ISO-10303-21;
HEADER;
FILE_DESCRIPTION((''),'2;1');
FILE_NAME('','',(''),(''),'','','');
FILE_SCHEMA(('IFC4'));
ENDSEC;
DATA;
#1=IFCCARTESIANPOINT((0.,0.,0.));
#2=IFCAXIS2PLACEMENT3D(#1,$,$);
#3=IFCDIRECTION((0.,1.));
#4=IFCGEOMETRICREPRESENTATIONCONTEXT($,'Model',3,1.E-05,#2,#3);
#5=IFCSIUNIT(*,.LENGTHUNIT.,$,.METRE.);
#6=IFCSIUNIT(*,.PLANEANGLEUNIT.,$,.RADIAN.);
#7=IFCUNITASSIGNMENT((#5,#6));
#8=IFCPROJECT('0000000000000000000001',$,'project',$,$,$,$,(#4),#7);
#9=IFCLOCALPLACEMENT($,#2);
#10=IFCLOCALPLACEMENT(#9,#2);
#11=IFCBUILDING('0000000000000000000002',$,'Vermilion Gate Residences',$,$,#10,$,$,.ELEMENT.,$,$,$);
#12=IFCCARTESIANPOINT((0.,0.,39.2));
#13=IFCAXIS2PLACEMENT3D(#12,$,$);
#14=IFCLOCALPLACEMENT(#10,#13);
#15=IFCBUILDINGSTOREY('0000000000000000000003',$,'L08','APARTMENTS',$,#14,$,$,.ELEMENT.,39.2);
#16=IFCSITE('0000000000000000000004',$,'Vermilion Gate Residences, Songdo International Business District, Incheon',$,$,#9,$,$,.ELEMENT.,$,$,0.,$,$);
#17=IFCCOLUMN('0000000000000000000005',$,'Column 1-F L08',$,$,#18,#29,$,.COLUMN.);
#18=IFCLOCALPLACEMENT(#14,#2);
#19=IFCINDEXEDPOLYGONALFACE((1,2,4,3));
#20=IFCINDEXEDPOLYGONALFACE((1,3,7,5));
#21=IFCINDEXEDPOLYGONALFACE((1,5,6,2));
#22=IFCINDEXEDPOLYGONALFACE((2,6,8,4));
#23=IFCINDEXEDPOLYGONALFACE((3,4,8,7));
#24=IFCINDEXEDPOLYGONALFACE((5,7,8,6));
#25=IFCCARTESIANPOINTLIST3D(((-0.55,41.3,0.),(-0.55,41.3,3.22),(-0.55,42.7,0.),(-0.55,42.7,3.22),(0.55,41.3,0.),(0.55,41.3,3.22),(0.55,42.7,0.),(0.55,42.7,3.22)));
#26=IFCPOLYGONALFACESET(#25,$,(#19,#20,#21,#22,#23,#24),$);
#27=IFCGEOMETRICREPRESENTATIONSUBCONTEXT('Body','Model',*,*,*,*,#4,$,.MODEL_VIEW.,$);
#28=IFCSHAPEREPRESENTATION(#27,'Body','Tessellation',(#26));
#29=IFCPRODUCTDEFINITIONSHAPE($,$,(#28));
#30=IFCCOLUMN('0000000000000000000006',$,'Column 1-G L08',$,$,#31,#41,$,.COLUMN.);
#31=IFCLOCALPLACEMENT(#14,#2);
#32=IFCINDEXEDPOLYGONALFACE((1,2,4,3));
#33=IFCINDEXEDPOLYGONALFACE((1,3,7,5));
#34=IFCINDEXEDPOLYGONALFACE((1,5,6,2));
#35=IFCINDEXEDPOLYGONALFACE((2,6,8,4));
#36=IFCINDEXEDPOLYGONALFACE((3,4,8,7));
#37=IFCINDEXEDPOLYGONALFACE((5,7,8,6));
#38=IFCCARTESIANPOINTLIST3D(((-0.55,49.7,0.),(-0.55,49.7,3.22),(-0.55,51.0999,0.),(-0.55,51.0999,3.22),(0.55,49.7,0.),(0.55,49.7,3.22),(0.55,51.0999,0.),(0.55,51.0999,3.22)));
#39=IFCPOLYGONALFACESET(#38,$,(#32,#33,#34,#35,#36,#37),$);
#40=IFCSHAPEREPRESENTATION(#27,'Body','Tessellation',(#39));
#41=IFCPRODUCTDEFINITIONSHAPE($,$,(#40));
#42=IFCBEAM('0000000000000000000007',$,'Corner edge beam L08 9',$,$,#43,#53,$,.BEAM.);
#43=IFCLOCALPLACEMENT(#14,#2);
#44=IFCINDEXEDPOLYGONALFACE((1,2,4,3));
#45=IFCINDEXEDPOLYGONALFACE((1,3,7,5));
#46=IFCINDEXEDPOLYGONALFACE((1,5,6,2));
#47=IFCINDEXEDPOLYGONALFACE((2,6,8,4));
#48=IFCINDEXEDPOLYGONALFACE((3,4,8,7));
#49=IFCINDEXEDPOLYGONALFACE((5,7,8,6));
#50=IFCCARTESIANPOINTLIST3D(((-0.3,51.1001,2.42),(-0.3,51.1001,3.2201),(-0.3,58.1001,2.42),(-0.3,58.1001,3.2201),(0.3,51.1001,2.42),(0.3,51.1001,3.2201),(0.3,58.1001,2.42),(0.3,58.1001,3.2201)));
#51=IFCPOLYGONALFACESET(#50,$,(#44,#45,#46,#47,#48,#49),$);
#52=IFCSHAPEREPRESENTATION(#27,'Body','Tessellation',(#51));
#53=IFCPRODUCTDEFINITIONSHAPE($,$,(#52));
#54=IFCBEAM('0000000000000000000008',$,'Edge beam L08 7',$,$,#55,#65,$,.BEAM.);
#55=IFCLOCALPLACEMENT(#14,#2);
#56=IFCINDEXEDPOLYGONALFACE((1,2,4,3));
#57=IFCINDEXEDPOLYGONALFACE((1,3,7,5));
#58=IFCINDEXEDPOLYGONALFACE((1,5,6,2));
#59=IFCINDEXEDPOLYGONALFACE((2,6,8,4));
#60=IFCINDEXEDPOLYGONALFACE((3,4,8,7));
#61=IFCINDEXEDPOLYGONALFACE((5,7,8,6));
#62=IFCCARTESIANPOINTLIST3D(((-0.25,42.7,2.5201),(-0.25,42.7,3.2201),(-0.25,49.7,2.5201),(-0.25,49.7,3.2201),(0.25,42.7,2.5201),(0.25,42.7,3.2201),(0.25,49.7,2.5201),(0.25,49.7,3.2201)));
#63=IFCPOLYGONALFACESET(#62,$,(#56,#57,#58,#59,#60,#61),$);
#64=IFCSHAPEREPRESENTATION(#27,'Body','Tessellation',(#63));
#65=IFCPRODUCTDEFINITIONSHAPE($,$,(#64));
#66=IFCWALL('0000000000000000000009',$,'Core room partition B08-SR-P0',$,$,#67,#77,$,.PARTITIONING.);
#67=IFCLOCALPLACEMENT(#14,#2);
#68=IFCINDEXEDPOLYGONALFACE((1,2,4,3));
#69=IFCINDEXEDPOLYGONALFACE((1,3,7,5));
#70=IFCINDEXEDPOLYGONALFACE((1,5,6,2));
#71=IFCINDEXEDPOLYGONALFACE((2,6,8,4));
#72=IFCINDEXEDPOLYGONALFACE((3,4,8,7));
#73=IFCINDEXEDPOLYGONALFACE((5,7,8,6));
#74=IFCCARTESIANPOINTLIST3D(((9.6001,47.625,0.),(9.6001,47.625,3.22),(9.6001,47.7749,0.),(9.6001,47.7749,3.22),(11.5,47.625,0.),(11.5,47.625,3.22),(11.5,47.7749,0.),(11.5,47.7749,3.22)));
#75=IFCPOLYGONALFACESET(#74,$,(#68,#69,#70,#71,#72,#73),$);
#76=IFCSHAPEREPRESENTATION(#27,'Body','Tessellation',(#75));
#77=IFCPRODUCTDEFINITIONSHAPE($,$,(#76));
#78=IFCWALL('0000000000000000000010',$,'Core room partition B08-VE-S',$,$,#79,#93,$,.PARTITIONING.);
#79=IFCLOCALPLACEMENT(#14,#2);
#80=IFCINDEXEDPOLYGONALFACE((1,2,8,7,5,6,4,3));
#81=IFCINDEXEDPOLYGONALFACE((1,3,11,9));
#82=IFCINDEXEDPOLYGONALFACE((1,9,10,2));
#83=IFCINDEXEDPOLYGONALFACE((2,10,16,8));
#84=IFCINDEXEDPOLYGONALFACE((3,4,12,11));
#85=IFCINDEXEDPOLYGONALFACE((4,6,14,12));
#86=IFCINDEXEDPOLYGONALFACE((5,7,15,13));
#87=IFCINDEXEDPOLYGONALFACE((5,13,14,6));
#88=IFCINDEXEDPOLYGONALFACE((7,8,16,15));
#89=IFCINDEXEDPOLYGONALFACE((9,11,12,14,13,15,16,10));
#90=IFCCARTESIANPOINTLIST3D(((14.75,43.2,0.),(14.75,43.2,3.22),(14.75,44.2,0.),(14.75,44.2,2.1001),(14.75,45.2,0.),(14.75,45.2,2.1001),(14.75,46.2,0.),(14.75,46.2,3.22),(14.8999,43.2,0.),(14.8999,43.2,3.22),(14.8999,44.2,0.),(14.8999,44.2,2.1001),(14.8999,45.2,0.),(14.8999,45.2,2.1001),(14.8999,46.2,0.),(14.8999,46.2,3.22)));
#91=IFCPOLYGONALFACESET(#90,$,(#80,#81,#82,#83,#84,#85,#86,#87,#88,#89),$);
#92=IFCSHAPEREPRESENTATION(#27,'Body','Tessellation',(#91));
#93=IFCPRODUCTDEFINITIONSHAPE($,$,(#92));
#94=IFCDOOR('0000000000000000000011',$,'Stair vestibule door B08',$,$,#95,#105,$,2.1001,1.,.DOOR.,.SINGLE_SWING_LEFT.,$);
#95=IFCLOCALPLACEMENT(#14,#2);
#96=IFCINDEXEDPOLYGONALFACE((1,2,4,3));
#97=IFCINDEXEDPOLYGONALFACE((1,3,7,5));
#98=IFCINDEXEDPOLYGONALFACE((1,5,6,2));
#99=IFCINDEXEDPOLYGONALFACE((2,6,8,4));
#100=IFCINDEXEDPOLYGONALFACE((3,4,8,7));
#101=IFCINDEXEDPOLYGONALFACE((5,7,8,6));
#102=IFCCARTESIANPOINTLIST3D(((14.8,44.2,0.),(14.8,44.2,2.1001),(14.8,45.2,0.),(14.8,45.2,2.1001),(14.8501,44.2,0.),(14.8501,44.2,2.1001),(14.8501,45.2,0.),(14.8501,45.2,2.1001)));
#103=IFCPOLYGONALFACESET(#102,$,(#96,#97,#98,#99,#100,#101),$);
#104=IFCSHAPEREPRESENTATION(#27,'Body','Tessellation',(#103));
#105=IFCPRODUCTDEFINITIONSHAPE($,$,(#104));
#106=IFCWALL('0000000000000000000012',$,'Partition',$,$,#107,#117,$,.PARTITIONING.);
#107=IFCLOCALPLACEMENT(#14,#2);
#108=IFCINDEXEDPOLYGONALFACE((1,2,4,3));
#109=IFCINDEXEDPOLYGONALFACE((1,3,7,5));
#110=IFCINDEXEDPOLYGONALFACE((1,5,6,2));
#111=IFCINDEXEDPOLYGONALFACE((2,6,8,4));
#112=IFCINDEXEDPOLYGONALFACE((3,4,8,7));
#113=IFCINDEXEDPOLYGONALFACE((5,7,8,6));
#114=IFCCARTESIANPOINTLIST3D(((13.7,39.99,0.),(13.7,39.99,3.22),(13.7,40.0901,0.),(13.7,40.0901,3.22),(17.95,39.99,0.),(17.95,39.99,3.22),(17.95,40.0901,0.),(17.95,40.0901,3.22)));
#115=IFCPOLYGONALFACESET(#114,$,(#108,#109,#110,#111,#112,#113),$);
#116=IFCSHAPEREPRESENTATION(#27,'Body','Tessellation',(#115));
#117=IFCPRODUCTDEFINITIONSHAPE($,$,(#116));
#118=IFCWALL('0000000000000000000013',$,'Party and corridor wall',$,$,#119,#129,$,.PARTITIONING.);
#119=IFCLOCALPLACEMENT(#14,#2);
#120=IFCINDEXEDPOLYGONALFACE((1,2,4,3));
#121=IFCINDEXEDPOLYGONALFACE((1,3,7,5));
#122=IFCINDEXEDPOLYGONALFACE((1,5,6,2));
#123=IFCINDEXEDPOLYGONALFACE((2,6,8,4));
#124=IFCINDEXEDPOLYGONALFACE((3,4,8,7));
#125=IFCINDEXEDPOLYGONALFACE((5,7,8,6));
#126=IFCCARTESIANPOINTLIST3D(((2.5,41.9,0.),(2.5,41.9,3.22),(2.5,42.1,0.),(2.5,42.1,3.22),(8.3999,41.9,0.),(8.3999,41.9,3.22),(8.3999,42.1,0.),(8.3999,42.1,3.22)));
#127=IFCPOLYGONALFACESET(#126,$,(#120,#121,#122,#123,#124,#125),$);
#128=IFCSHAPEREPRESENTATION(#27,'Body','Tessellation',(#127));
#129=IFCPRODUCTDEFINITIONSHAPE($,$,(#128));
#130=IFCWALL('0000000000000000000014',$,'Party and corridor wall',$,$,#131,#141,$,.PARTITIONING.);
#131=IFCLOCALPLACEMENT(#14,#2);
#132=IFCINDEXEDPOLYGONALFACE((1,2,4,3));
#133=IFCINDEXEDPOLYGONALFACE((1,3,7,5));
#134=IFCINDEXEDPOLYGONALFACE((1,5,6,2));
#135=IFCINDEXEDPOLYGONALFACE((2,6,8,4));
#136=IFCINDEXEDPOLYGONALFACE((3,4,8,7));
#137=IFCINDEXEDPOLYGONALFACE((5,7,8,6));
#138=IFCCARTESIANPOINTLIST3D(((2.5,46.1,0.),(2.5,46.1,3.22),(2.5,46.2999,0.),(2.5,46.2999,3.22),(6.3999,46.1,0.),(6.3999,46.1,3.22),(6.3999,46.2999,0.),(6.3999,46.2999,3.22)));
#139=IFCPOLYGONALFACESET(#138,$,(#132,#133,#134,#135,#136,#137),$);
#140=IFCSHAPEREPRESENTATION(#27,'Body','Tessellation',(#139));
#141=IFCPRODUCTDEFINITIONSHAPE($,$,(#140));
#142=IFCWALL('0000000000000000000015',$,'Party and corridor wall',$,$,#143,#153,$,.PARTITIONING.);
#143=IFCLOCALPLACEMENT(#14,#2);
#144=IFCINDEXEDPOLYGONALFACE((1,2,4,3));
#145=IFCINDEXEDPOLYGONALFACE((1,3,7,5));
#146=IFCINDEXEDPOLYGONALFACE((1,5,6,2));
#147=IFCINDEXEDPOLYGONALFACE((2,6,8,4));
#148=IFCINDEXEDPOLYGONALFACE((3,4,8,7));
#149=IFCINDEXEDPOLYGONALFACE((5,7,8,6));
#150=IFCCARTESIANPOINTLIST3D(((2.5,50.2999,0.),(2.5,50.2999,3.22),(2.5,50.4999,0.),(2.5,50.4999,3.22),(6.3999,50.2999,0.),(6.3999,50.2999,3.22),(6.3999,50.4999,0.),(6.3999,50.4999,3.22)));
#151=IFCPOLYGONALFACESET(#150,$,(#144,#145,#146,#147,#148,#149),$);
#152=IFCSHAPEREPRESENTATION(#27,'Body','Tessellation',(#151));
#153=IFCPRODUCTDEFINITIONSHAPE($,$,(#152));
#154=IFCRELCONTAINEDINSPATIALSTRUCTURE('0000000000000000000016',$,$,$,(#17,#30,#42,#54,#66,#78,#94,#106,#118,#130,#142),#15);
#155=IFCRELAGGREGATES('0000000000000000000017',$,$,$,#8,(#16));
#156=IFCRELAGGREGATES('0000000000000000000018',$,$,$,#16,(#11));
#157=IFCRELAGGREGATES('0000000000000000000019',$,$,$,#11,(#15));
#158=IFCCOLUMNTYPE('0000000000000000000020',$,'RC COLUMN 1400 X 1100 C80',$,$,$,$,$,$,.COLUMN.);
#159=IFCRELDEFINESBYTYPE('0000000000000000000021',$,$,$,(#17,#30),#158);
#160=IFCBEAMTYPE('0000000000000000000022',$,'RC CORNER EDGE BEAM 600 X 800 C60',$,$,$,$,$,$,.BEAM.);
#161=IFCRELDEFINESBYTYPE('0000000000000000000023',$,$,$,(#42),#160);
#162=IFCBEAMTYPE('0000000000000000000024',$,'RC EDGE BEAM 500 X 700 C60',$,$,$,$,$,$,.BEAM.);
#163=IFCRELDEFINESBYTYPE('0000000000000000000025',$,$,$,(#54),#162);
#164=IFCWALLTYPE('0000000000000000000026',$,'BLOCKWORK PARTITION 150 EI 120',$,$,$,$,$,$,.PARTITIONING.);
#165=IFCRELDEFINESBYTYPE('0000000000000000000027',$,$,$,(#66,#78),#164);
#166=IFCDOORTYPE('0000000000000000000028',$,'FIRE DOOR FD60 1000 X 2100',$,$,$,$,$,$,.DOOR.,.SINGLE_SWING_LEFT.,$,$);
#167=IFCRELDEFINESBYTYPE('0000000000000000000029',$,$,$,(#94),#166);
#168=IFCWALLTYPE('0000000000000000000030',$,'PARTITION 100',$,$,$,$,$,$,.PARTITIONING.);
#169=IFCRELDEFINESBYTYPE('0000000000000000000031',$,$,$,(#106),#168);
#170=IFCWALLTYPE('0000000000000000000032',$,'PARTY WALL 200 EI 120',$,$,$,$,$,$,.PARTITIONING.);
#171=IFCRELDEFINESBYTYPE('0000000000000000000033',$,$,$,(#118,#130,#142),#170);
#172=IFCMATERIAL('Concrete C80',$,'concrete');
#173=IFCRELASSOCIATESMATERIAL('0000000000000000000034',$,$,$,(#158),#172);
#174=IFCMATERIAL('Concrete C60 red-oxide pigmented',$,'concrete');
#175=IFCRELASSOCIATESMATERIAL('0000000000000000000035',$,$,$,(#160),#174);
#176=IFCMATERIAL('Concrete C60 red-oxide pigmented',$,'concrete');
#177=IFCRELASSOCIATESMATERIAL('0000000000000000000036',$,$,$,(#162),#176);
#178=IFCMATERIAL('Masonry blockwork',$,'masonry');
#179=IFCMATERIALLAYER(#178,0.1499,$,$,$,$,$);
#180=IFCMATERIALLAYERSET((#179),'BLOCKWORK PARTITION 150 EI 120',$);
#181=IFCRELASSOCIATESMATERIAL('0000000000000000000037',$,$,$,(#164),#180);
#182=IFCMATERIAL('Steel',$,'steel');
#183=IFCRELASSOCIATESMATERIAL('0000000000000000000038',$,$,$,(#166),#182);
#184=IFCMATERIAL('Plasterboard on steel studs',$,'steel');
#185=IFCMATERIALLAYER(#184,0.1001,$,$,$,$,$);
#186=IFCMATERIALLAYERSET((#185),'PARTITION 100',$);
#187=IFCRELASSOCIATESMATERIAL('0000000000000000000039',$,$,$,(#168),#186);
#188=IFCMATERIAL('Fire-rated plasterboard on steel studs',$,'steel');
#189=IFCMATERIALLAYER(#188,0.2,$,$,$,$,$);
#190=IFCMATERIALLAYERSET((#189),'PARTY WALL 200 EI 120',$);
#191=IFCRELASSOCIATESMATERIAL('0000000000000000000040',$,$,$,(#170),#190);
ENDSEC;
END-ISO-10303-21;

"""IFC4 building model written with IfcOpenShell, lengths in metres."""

from ifc_helpers import new_model, si_unit, direction, frame, frame_2d, origin, origin_2d, place, context, subcontext, project, spatial, rectangle, extrude, material, layer, layer_set, material_profile, profile_set, type_object, element, fill, save


model = new_model("IFC4")

# Units and contexts
model_context = context("Model", 3, precision=1e-05, world=origin(), true_north=direction((0.0, 1.0)))
body_context = subcontext(model_context, "Body", "Model", "MODEL_VIEW")
ifc_project = project(units=[si_unit("LENGTHUNIT", "METRE"), si_unit("PLANEANGLEUNIT", "RADIAN")], contexts=[model_context])

# Site, building, storey
site_placement = place(None, origin())
site = spatial("IfcSite", under=ifc_project, at=site_placement, Name="Vermilion Gate Residences, Songdo International Business District, Incheon", CompositionType="ELEMENT", RefElevation=0.0)
building_placement = place(site_placement, origin())
building = spatial("IfcBuilding", under=site, at=building_placement, Name="Vermilion Gate Residences", CompositionType="ELEMENT")
storey_placement = place(building_placement, frame((0.0, 0.0, 39.2)))
storey = spatial("IfcBuildingStorey", under=building, at=storey_placement, Name="L08", Description="APARTMENTS", CompositionType="ELEMENT", Elevation=39.2)

# Columns
ifc_material_1 = material(Name="Concrete C80", Category="concrete")
ifc_material_profile_1 = material_profile(ifc_material_1, rectangle(XDim=1.3999, YDim=1.1001, at=origin_2d()), Name="RC-1400x1100")
ifc_profile_set_1 = profile_set([ifc_material_profile_1], Name="Concrete C80")
column_type = type_object("IfcColumnType", Name="RC COLUMN 1400 X 1100 C80", PredefinedType="COLUMN", material=ifc_profile_set_1)
for number, where, z_axis, x_axis, name in (
    (1, (0.0, 42.0, 0.0), (0.0, 0.0, 1.0), (0.0, 1.0, 0.0), "Column 1-F L08"),
    (2, (0.0, 50.3999, 0.0), (0.0, 0.0, 1.0), (0.0, 1.0, 0.0), "Column 1-G L08"),
):
    element("IfcColumn", number, at=place(storey_placement, frame(where, z_axis=z_axis, x_axis=x_axis)), inside=storey, type_object=column_type, Name=name, PredefinedType="COLUMN", context=body_context, shape_type="SweptSolid", body=[
        extrude(rectangle(XDim=1.3999, YDim=1.1001, at=origin_2d()), origin(), (0.0, 0.0, 1.0), 3.22),
    ])

# Beams
ifc_material_2 = material(Name="Concrete C60 red-oxide pigmented", Category="concrete")
ifc_material_profile_2 = material_profile(ifc_material_2, rectangle(XDim=0.6001, YDim=0.8, at=origin_2d()), Name="RC-600x800")
ifc_profile_set_2 = profile_set([ifc_material_profile_2], Name="Concrete C60 red-oxide pigmented")
beam_type_1 = type_object("IfcBeamType", Name="RC CORNER EDGE BEAM 600 X 800 C60", PredefinedType="BEAM", material=ifc_profile_set_2)
beam_1_placement = place(storey_placement, frame((0.0, 51.1001, 2.8201), z_axis=(0.0, 1.0, 0.0), x_axis=(-1.0, 0.0, 0.0)))
element("IfcBeam", 3, at=beam_1_placement, inside=storey, type_object=beam_type_1, Name="Corner edge beam L08 9", PredefinedType="BEAM", context=body_context, shape_type="SweptSolid", body=[
    extrude(rectangle(XDim=0.6001, YDim=0.8, at=origin_2d()), origin(), (0.0, 0.0, 1.0), 7.0),
])
ifc_material_3 = material(Name="Concrete C60 red-oxide pigmented", Category="concrete")
ifc_material_profile_3 = material_profile(ifc_material_3, rectangle(XDim=0.5, YDim=0.7, at=origin_2d()), Name="RC-500x700")
ifc_profile_set_3 = profile_set([ifc_material_profile_3], Name="Concrete C60 red-oxide pigmented")
beam_type_2 = type_object("IfcBeamType", Name="RC EDGE BEAM 500 X 700 C60", PredefinedType="BEAM", material=ifc_profile_set_3)
beam_2_placement = place(storey_placement, frame((0.0, 42.7, 2.8701), z_axis=(0.0, 1.0, 0.0), x_axis=(-1.0, 0.0, 0.0)))
element("IfcBeam", 4, at=beam_2_placement, inside=storey, type_object=beam_type_2, Name="Edge beam L08 7", PredefinedType="BEAM", context=body_context, shape_type="SweptSolid", body=[
    extrude(rectangle(XDim=0.5, YDim=0.7, at=origin_2d()), origin(), (0.0, 0.0, 1.0), 7.0),
])

# Wall
ifc_material_4 = material(Name="Masonry blockwork", Category="masonry")
ifc_layer_1 = layer(ifc_material_4, 0.1499)
ifc_layer_set_1 = layer_set([ifc_layer_1], Name="BLOCKWORK PARTITION 150 EI 120")
wall_type_1 = type_object("IfcWallType", Name="BLOCKWORK PARTITION 150 EI 120", PredefinedType="PARTITIONING", material=ifc_layer_set_1)
wall_1_placement = place(storey_placement, frame((9.6001, 47.7, 0.0), z_axis=(0.0, 0.0, 1.0), x_axis=(1.0, 0.0, 0.0)))
element("IfcWall", 5, at=wall_1_placement, inside=storey, type_object=wall_type_1, Name="Core room partition B08-SR-P0", PredefinedType="PARTITIONING", context=body_context, shape_type="SweptSolid", body=[
    extrude(rectangle(XDim=1.8999, YDim=0.1499, at=frame_2d((0.95, 0.0))), origin(), (0.0, 0.0, 1.0), 3.22),
])

# Wall, opening, door
wall_2_placement = place(storey_placement, frame((14.825, 46.2, 0.0), z_axis=(0.0, 0.0, 1.0), x_axis=(0.0, -1.0, 0.0)))
wall_2 = element("IfcWall", 6, at=wall_2_placement, inside=storey, type_object=wall_type_1, Name="Core room partition B08-VE-S", PredefinedType="PARTITIONING", context=body_context, shape_type="SweptSolid", body=[
    extrude(rectangle(XDim=3.0, YDim=0.1499, at=frame_2d((1.5, 0.0))), origin(), (0.0, 0.0, 1.0), 3.22),
])
opening_1_placement = place(wall_2_placement, frame((1.0, 0.0, 0.0)))
opening_1 = element("IfcOpeningElement", 7, at=opening_1_placement, cuts=wall_2, PredefinedType="OPENING", context=body_context, shape_type="SweptSolid", body=[
    extrude(rectangle(XDim=1.0, YDim=2.1001, at=frame_2d((0.5, 1.05))), frame((0.0, 0.085, 0.0), z_axis=(0.0, -1.0, 0.0), x_axis=(1.0, 0.0, 0.0)), (0.0, 0.0, 1.0), 0.1699),
])
ifc_material_5 = material(Name="Steel", Category="steel")
door_type_1 = type_object("IfcDoorType", Name="FIRE DOOR FD60 1000 X 2100", OperationType="SINGLE_SWING_LEFT", PredefinedType="DOOR", material=ifc_material_5)
door_1_placement = place(opening_1_placement, frame((1.0, 0.0, 0.0), z_axis=(0.0, 0.0, 1.0), x_axis=(-1.0, 0.0, 0.0)))
door_1 = element("IfcDoor", 8, at=door_1_placement, inside=storey, type_object=door_type_1, Name="Stair vestibule door B08", OperationType="SINGLE_SWING_LEFT", OverallHeight=2.1001, OverallWidth=1.0, PredefinedType="DOOR", context=body_context, shape_type="SweptSolid", body=[
    extrude(rectangle(XDim=1.0, YDim=2.1001, at=frame_2d((0.5, 1.05))), frame((0.0, 0.0249, 0.0), z_axis=(0.0, -1.0, 0.0), x_axis=(1.0, 0.0, 0.0)), (0.0, 0.0, 1.0), 0.05),
])
fill(opening_1, door_1)

# Walls
ifc_material_6 = material(Name="Plasterboard on steel studs", Category="steel")
ifc_layer_2 = layer(ifc_material_6, 0.1001)
ifc_layer_set_2 = layer_set([ifc_layer_2], Name="PARTITION 100")
wall_type_2 = type_object("IfcWallType", Name="PARTITION 100", PredefinedType="PARTITIONING", material=ifc_layer_set_2)
wall_3_placement = place(storey_placement, frame((13.7, 40.04, 0.0), z_axis=(0.0, 0.0, 1.0), x_axis=(1.0, 0.0, 0.0)))
element("IfcWall", 9, at=wall_3_placement, inside=storey, type_object=wall_type_2, Name="Partition", PredefinedType="PARTITIONING", context=body_context, shape_type="SweptSolid", body=[
    extrude(rectangle(XDim=4.25, YDim=0.1001, at=frame_2d((2.125, 0.0))), origin(), (0.0, 0.0, 1.0), 3.22),
])
ifc_material_7 = material(Name="Fire-rated plasterboard on steel studs", Category="steel")
ifc_layer_3 = layer(ifc_material_7, 0.2)
ifc_layer_set_3 = layer_set([ifc_layer_3], Name="PARTY WALL 200 EI 120")
wall_type_3 = type_object("IfcWallType", Name="PARTY WALL 200 EI 120", PredefinedType="PARTITIONING", material=ifc_layer_set_3)
wall_4_placement = place(storey_placement, frame((2.5, 42.0, 0.0), z_axis=(0.0, 0.0, 1.0), x_axis=(1.0, 0.0, 0.0)))
element("IfcWall", 10, at=wall_4_placement, inside=storey, type_object=wall_type_3, Name="Party and corridor wall", PredefinedType="PARTITIONING", context=body_context, shape_type="SweptSolid", body=[
    extrude(rectangle(XDim=5.8999, YDim=0.2, at=frame_2d((2.95, 0.0))), origin(), (0.0, 0.0, 1.0), 3.22),
])
for number, where, z_axis, x_axis, name in (
    (11, (2.5, 46.2, 0.0), (0.0, 0.0, 1.0), (1.0, 0.0, 0.0), "Party and corridor wall"),
    (12, (2.5, 50.3999, 0.0), (0.0, 0.0, 1.0), (1.0, 0.0, 0.0), "Party and corridor wall"),
):
    element("IfcWall", number, at=place(storey_placement, frame(where, z_axis=z_axis, x_axis=x_axis)), inside=storey, type_object=wall_type_3, Name=name, PredefinedType="PARTITIONING", context=body_context, shape_type="SweptSolid", body=[
        extrude(rectangle(XDim=3.8999, YDim=0.2, at=frame_2d((1.95, 0.0))), origin(), (0.0, 0.0, 1.0), 3.22),
    ])

save(model, "model.ifc")
